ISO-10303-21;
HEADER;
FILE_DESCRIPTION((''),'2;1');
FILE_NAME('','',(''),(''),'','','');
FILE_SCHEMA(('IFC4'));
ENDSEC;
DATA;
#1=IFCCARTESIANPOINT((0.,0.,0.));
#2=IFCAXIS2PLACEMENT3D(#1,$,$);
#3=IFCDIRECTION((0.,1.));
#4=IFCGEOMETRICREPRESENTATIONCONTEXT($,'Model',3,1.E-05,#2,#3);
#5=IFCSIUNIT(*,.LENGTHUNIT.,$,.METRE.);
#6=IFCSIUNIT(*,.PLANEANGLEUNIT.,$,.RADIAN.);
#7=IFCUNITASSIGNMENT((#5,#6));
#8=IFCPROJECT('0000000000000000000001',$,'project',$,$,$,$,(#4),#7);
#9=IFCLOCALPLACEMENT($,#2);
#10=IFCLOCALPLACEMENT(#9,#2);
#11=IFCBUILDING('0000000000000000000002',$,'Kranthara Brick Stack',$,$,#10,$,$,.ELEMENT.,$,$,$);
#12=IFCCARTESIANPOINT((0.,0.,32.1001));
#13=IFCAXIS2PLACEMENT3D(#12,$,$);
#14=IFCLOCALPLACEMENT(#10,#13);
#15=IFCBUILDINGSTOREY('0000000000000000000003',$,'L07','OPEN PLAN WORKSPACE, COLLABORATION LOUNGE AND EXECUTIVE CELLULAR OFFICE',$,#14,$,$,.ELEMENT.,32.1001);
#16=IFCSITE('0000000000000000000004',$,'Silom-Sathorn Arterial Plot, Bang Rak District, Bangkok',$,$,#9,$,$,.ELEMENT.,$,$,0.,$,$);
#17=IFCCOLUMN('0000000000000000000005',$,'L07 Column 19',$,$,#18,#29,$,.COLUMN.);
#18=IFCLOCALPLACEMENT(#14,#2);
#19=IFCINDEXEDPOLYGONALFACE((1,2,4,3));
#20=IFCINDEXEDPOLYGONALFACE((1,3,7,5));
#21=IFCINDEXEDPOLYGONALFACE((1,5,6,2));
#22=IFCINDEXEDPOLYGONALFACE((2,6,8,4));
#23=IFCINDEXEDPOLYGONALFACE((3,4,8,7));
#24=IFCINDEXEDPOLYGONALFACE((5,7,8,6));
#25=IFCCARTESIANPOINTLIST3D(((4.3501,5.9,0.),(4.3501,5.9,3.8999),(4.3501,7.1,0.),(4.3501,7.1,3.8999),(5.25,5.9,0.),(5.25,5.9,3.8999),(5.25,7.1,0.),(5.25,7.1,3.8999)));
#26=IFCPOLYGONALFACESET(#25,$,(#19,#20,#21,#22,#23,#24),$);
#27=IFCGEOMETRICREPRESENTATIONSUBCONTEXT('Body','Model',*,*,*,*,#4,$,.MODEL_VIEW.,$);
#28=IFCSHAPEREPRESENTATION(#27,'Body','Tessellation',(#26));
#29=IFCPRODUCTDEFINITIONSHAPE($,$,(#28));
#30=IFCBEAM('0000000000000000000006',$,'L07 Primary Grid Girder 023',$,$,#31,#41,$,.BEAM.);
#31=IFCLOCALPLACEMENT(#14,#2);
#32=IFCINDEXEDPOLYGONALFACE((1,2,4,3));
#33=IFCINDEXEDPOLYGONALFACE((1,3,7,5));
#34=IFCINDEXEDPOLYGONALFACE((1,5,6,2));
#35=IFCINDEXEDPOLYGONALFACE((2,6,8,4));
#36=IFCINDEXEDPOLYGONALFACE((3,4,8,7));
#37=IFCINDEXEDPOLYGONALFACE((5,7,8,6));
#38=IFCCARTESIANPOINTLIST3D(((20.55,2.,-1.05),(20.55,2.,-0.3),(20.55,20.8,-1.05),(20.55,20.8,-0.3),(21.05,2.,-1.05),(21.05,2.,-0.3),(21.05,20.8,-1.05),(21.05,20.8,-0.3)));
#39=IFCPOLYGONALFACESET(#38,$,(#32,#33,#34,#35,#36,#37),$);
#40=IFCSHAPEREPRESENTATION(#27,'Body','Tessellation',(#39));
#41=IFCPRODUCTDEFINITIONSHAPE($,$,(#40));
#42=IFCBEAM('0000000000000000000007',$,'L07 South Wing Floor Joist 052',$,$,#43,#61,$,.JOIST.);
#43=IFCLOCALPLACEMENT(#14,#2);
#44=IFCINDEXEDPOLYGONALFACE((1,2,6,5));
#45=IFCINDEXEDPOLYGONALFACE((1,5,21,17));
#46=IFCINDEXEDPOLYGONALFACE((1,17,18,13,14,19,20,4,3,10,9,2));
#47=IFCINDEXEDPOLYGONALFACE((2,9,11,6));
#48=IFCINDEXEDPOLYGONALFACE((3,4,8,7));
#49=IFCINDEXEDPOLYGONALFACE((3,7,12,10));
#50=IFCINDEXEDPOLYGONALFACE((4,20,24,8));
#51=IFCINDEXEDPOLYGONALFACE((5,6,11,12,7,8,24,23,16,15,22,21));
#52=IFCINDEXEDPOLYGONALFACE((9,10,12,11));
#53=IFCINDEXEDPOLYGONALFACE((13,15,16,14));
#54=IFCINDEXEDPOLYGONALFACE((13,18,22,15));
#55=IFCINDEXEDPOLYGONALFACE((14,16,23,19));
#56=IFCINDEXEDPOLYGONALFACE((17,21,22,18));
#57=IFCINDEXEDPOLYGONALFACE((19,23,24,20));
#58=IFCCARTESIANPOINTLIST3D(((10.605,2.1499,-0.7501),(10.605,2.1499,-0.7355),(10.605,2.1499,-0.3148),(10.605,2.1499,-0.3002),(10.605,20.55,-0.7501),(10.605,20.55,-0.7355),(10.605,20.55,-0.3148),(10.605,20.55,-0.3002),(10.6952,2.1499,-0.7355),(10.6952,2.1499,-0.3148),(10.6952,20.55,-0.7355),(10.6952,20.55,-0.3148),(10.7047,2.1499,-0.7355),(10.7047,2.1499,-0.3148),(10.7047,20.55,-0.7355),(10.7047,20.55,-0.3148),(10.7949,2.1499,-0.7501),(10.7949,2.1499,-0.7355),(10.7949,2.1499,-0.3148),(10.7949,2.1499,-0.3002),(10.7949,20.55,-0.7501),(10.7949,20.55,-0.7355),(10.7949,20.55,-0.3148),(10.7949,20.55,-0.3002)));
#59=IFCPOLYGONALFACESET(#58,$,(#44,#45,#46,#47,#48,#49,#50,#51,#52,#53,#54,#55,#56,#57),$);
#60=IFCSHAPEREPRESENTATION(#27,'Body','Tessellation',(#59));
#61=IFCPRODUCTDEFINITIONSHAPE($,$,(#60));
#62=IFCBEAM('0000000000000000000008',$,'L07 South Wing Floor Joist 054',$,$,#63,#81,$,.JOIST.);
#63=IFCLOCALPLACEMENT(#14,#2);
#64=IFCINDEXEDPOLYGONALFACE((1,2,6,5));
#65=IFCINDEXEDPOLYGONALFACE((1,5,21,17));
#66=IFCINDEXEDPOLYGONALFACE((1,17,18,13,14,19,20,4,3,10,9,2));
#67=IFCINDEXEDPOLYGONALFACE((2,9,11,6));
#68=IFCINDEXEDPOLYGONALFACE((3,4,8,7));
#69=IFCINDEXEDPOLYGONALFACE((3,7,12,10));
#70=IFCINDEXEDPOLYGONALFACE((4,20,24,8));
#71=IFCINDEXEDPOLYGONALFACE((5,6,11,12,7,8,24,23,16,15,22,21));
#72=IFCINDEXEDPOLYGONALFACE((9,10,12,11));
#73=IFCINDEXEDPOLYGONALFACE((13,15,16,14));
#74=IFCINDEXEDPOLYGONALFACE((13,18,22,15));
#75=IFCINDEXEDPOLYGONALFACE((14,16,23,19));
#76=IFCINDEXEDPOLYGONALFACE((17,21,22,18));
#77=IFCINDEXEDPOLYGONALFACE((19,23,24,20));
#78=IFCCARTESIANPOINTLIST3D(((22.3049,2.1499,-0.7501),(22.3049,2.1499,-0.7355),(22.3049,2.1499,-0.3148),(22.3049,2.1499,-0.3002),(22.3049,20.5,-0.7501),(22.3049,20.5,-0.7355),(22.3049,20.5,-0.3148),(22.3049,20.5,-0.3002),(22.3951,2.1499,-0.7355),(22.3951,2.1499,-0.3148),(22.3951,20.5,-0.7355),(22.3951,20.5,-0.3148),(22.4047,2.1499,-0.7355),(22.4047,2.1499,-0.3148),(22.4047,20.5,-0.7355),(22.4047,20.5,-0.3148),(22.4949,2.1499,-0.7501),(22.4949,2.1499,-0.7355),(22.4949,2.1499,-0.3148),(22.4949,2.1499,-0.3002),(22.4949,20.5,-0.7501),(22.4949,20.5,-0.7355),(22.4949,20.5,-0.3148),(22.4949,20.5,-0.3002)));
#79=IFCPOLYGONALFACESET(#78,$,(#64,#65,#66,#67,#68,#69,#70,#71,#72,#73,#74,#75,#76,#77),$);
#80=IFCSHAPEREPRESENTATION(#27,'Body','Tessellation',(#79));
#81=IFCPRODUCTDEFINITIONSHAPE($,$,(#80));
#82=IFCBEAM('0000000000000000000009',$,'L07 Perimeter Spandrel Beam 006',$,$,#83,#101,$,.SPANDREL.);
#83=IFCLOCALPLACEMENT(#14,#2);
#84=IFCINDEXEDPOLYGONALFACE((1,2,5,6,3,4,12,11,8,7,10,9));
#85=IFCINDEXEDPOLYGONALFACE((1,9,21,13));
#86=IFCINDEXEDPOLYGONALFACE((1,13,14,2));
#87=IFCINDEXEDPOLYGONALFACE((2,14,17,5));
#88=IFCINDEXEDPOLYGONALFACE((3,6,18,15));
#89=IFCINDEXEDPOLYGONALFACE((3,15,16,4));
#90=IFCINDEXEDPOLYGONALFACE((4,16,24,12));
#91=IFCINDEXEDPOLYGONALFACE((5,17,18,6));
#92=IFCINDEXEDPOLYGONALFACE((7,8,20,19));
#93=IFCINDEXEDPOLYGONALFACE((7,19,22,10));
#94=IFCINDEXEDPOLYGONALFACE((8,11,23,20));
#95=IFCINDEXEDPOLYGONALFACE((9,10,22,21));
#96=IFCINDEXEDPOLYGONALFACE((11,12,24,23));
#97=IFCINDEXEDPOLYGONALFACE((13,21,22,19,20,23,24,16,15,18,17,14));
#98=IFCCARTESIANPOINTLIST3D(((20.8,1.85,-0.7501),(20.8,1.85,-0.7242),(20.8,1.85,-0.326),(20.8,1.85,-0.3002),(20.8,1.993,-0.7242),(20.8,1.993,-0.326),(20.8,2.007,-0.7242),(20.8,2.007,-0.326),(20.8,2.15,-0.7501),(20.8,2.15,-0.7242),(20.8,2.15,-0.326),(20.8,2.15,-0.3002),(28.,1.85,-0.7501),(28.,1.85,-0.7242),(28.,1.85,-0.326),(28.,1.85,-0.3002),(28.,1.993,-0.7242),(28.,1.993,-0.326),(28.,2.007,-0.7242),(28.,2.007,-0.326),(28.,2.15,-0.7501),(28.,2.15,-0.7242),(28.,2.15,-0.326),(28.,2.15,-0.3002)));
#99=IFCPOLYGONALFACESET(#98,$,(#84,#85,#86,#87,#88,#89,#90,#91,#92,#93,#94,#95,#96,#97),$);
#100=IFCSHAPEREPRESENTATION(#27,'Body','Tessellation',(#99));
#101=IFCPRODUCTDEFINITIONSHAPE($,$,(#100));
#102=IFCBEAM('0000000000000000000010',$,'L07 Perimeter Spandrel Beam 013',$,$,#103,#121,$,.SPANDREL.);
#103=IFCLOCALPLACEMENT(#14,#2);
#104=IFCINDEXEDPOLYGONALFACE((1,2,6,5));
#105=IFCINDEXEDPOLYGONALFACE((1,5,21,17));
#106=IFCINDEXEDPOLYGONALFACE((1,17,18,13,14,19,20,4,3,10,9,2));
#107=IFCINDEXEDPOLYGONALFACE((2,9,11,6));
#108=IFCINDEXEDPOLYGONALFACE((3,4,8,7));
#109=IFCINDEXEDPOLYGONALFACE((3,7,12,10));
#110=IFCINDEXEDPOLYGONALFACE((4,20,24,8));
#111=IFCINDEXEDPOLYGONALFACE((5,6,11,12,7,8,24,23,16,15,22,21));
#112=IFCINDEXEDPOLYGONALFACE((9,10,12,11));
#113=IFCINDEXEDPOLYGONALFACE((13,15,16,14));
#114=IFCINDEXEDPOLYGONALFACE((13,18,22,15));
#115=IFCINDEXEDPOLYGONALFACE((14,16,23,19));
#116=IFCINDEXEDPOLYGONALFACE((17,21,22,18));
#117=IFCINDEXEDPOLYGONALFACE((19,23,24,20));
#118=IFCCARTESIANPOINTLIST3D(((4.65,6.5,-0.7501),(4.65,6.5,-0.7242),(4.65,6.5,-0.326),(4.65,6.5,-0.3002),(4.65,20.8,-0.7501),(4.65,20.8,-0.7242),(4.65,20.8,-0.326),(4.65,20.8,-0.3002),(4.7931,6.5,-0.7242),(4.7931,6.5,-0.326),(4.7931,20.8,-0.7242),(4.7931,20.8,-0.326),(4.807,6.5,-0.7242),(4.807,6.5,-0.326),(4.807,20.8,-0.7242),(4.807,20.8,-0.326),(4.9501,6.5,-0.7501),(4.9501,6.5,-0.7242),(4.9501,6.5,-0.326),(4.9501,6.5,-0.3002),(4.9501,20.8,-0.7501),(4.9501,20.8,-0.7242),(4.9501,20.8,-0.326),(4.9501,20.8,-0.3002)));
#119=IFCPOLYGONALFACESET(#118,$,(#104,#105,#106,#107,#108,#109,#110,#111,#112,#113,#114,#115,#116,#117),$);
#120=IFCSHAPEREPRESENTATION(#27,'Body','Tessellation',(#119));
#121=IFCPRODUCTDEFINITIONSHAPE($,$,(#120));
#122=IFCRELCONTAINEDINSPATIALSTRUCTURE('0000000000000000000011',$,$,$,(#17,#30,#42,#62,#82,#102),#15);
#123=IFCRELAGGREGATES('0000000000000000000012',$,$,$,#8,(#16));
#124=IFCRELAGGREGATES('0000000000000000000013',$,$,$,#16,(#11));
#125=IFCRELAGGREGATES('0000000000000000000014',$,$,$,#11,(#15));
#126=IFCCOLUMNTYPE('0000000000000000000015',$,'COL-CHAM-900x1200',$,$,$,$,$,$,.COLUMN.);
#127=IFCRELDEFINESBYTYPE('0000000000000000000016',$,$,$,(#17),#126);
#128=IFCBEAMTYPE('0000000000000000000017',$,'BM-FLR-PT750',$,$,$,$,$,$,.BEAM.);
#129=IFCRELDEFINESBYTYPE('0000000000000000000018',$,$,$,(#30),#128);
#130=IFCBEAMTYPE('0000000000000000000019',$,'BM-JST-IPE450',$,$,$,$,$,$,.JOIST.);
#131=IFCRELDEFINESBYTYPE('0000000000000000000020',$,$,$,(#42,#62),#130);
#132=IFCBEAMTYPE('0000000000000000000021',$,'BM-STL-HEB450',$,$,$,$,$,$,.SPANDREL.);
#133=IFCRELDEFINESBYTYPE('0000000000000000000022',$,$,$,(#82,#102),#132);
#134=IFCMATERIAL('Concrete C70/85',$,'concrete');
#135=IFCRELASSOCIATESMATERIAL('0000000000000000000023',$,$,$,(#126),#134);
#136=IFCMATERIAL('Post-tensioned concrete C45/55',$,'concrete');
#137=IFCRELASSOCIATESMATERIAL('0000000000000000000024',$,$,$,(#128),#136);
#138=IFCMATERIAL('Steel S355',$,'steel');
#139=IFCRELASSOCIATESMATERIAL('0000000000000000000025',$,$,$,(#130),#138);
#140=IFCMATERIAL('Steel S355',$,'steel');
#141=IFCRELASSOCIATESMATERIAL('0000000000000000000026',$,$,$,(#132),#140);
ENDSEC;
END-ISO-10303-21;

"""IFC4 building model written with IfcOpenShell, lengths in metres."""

from ifc_helpers import new_model, si_unit, direction, frame, origin, origin_2d, place, context, subcontext, project, spatial, rectangle, i_section, extrude, material, material_profile, profile_set, type_object, element, save


model = new_model("IFC4")

# Units and contexts
model_context = context("Model", 3, precision=1e-05, world=origin(), true_north=direction((0.0, 1.0)))
body_context = subcontext(model_context, "Body", "Model", "MODEL_VIEW")
ifc_project = project(units=[si_unit("LENGTHUNIT", "METRE"), si_unit("PLANEANGLEUNIT", "RADIAN")], contexts=[model_context])

# Site, building, storey
site_placement = place(None, origin())
site = spatial("IfcSite", under=ifc_project, at=site_placement, Name="Silom-Sathorn Arterial Plot, Bang Rak District, Bangkok", CompositionType="ELEMENT", RefElevation=0.0)
building_placement = place(site_placement, origin())
building = spatial("IfcBuilding", under=site, at=building_placement, Name="Kranthara Brick Stack", CompositionType="ELEMENT")
storey_placement = place(building_placement, frame((0.0, 0.0, 32.1001)))
storey = spatial("IfcBuildingStorey", under=building, at=storey_placement, Name="L07", Description="OPEN PLAN WORKSPACE, COLLABORATION LOUNGE AND EXECUTIVE CELLULAR OFFICE", CompositionType="ELEMENT", Elevation=32.1001)

# Column
ifc_material_1 = material(Name="Concrete C70/85", Category="concrete")
ifc_material_profile_1 = material_profile(ifc_material_1, rectangle(XDim=0.8999, YDim=1.2, at=origin_2d()), Name="RC 900x1200")
ifc_profile_set_1 = profile_set([ifc_material_profile_1], Name="Concrete C70/85")
column_type = type_object("IfcColumnType", Name="COL-CHAM-900x1200", PredefinedType="COLUMN", material=ifc_profile_set_1)
column_placement = place(storey_placement, frame((4.8, 6.5, 0.0), z_axis=(0.0, 0.0, 1.0), x_axis=(1.0, 0.0, 0.0)))
element("IfcColumn", 1, at=column_placement, inside=storey, type_object=column_type, Name="L07 Column 19", PredefinedType="COLUMN", context=body_context, shape_type="SweptSolid", body=[
    extrude(rectangle(XDim=0.8999, YDim=1.2, at=origin_2d()), origin(), (0.0, 0.0, 1.0), 3.8999),
])

# Beams
ifc_material_2 = material(Name="Post-tensioned concrete C45/55", Category="concrete")
ifc_material_profile_2 = material_profile(ifc_material_2, rectangle(XDim=0.5, YDim=0.75, at=origin_2d()), Name="PT 500x750")
ifc_profile_set_2 = profile_set([ifc_material_profile_2], Name="Post-tensioned concrete C45/55")
beam_type_1 = type_object("IfcBeamType", Name="BM-FLR-PT750", PredefinedType="BEAM", material=ifc_profile_set_2)
beam_1_placement = place(storey_placement, frame((20.8, 2.0, -0.675), z_axis=(0.0, 1.0, 0.0), x_axis=(-1.0, 0.0, 0.0)))
element("IfcBeam", 2, at=beam_1_placement, inside=storey, type_object=beam_type_1, Name="L07 Primary Grid Girder 023", PredefinedType="BEAM", context=body_context, shape_type="SweptSolid", body=[
    extrude(rectangle(XDim=0.5, YDim=0.75, at=origin_2d()), origin(), (0.0, 0.0, 1.0), 18.8),
])
ifc_material_3 = material(Name="Steel S355", Category="steel")
ifc_material_profile_3 = material_profile(ifc_material_3, i_section(OverallWidth=0.1899, OverallDepth=0.45, WebThickness=0.0095, FlangeThickness=0.0146, at=origin_2d()), Name="IPE 450")
ifc_profile_set_3 = profile_set([ifc_material_profile_3], Name="Steel S355")
beam_type_2 = type_object("IfcBeamType", Name="BM-JST-IPE450", PredefinedType="JOIST", material=ifc_profile_set_3)
beam_2_placement = place(storey_placement, frame((10.7, 2.1499, -0.5251), z_axis=(0.0, 1.0, 0.0), x_axis=(-1.0, 0.0, 0.0)))
element("IfcBeam", 3, at=beam_2_placement, inside=storey, type_object=beam_type_2, Name="L07 South Wing Floor Joist 052", PredefinedType="JOIST", context=body_context, shape_type="SweptSolid", body=[
    extrude(i_section(OverallWidth=0.1899, OverallDepth=0.45, WebThickness=0.0095, FlangeThickness=0.0146, at=origin_2d()), origin(), (0.0, 0.0, 1.0), 18.4001),
])
beam_3_placement = place(storey_placement, frame((22.3999, 2.1499, -0.5251), z_axis=(0.0, 1.0, 0.0), x_axis=(-1.0, 0.0, 0.0)))
element("IfcBeam", 4, at=beam_3_placement, inside=storey, type_object=beam_type_2, Name="L07 South Wing Floor Joist 054", PredefinedType="JOIST", context=body_context, shape_type="SweptSolid", body=[
    extrude(i_section(OverallWidth=0.1899, OverallDepth=0.45, WebThickness=0.0095, FlangeThickness=0.0146, at=origin_2d()), origin(), (0.0, 0.0, 1.0), 18.3501),
])
ifc_material_4 = material(Name="Steel S355", Category="steel")
ifc_material_profile_4 = material_profile(ifc_material_4, i_section(OverallWidth=0.3, OverallDepth=0.45, WebThickness=0.0139, FlangeThickness=0.0259, at=origin_2d()), Name="HEB 450")
ifc_profile_set_4 = profile_set([ifc_material_profile_4], Name="Steel S355")
beam_type_3 = type_object("IfcBeamType", Name="BM-STL-HEB450", PredefinedType="SPANDREL", material=ifc_profile_set_4)
beam_4_placement = place(storey_placement, frame((20.8, 2.0, -0.5251), z_axis=(1.0, 0.0, 0.0), x_axis=(0.0, 1.0, 0.0)))
element("IfcBeam", 5, at=beam_4_placement, inside=storey, type_object=beam_type_3, Name="L07 Perimeter Spandrel Beam 006", PredefinedType="SPANDREL", context=body_context, shape_type="SweptSolid", body=[
    extrude(i_section(OverallWidth=0.3, OverallDepth=0.45, WebThickness=0.0139, FlangeThickness=0.0259, at=origin_2d()), origin(), (0.0, 0.0, 1.0), 7.2),
])
beam_5_placement = place(storey_placement, frame((4.8, 6.5, -0.5251), z_axis=(0.0, 1.0, 0.0), x_axis=(-1.0, 0.0, 0.0)))
element("IfcBeam", 6, at=beam_5_placement, inside=storey, type_object=beam_type_3, Name="L07 Perimeter Spandrel Beam 013", PredefinedType="SPANDREL", context=body_context, shape_type="SweptSolid", body=[
    extrude(i_section(OverallWidth=0.3, OverallDepth=0.45, WebThickness=0.0139, FlangeThickness=0.0259, at=origin_2d()), origin(), (0.0, 0.0, 1.0), 14.3),
])

save(model, "model.ifc")
